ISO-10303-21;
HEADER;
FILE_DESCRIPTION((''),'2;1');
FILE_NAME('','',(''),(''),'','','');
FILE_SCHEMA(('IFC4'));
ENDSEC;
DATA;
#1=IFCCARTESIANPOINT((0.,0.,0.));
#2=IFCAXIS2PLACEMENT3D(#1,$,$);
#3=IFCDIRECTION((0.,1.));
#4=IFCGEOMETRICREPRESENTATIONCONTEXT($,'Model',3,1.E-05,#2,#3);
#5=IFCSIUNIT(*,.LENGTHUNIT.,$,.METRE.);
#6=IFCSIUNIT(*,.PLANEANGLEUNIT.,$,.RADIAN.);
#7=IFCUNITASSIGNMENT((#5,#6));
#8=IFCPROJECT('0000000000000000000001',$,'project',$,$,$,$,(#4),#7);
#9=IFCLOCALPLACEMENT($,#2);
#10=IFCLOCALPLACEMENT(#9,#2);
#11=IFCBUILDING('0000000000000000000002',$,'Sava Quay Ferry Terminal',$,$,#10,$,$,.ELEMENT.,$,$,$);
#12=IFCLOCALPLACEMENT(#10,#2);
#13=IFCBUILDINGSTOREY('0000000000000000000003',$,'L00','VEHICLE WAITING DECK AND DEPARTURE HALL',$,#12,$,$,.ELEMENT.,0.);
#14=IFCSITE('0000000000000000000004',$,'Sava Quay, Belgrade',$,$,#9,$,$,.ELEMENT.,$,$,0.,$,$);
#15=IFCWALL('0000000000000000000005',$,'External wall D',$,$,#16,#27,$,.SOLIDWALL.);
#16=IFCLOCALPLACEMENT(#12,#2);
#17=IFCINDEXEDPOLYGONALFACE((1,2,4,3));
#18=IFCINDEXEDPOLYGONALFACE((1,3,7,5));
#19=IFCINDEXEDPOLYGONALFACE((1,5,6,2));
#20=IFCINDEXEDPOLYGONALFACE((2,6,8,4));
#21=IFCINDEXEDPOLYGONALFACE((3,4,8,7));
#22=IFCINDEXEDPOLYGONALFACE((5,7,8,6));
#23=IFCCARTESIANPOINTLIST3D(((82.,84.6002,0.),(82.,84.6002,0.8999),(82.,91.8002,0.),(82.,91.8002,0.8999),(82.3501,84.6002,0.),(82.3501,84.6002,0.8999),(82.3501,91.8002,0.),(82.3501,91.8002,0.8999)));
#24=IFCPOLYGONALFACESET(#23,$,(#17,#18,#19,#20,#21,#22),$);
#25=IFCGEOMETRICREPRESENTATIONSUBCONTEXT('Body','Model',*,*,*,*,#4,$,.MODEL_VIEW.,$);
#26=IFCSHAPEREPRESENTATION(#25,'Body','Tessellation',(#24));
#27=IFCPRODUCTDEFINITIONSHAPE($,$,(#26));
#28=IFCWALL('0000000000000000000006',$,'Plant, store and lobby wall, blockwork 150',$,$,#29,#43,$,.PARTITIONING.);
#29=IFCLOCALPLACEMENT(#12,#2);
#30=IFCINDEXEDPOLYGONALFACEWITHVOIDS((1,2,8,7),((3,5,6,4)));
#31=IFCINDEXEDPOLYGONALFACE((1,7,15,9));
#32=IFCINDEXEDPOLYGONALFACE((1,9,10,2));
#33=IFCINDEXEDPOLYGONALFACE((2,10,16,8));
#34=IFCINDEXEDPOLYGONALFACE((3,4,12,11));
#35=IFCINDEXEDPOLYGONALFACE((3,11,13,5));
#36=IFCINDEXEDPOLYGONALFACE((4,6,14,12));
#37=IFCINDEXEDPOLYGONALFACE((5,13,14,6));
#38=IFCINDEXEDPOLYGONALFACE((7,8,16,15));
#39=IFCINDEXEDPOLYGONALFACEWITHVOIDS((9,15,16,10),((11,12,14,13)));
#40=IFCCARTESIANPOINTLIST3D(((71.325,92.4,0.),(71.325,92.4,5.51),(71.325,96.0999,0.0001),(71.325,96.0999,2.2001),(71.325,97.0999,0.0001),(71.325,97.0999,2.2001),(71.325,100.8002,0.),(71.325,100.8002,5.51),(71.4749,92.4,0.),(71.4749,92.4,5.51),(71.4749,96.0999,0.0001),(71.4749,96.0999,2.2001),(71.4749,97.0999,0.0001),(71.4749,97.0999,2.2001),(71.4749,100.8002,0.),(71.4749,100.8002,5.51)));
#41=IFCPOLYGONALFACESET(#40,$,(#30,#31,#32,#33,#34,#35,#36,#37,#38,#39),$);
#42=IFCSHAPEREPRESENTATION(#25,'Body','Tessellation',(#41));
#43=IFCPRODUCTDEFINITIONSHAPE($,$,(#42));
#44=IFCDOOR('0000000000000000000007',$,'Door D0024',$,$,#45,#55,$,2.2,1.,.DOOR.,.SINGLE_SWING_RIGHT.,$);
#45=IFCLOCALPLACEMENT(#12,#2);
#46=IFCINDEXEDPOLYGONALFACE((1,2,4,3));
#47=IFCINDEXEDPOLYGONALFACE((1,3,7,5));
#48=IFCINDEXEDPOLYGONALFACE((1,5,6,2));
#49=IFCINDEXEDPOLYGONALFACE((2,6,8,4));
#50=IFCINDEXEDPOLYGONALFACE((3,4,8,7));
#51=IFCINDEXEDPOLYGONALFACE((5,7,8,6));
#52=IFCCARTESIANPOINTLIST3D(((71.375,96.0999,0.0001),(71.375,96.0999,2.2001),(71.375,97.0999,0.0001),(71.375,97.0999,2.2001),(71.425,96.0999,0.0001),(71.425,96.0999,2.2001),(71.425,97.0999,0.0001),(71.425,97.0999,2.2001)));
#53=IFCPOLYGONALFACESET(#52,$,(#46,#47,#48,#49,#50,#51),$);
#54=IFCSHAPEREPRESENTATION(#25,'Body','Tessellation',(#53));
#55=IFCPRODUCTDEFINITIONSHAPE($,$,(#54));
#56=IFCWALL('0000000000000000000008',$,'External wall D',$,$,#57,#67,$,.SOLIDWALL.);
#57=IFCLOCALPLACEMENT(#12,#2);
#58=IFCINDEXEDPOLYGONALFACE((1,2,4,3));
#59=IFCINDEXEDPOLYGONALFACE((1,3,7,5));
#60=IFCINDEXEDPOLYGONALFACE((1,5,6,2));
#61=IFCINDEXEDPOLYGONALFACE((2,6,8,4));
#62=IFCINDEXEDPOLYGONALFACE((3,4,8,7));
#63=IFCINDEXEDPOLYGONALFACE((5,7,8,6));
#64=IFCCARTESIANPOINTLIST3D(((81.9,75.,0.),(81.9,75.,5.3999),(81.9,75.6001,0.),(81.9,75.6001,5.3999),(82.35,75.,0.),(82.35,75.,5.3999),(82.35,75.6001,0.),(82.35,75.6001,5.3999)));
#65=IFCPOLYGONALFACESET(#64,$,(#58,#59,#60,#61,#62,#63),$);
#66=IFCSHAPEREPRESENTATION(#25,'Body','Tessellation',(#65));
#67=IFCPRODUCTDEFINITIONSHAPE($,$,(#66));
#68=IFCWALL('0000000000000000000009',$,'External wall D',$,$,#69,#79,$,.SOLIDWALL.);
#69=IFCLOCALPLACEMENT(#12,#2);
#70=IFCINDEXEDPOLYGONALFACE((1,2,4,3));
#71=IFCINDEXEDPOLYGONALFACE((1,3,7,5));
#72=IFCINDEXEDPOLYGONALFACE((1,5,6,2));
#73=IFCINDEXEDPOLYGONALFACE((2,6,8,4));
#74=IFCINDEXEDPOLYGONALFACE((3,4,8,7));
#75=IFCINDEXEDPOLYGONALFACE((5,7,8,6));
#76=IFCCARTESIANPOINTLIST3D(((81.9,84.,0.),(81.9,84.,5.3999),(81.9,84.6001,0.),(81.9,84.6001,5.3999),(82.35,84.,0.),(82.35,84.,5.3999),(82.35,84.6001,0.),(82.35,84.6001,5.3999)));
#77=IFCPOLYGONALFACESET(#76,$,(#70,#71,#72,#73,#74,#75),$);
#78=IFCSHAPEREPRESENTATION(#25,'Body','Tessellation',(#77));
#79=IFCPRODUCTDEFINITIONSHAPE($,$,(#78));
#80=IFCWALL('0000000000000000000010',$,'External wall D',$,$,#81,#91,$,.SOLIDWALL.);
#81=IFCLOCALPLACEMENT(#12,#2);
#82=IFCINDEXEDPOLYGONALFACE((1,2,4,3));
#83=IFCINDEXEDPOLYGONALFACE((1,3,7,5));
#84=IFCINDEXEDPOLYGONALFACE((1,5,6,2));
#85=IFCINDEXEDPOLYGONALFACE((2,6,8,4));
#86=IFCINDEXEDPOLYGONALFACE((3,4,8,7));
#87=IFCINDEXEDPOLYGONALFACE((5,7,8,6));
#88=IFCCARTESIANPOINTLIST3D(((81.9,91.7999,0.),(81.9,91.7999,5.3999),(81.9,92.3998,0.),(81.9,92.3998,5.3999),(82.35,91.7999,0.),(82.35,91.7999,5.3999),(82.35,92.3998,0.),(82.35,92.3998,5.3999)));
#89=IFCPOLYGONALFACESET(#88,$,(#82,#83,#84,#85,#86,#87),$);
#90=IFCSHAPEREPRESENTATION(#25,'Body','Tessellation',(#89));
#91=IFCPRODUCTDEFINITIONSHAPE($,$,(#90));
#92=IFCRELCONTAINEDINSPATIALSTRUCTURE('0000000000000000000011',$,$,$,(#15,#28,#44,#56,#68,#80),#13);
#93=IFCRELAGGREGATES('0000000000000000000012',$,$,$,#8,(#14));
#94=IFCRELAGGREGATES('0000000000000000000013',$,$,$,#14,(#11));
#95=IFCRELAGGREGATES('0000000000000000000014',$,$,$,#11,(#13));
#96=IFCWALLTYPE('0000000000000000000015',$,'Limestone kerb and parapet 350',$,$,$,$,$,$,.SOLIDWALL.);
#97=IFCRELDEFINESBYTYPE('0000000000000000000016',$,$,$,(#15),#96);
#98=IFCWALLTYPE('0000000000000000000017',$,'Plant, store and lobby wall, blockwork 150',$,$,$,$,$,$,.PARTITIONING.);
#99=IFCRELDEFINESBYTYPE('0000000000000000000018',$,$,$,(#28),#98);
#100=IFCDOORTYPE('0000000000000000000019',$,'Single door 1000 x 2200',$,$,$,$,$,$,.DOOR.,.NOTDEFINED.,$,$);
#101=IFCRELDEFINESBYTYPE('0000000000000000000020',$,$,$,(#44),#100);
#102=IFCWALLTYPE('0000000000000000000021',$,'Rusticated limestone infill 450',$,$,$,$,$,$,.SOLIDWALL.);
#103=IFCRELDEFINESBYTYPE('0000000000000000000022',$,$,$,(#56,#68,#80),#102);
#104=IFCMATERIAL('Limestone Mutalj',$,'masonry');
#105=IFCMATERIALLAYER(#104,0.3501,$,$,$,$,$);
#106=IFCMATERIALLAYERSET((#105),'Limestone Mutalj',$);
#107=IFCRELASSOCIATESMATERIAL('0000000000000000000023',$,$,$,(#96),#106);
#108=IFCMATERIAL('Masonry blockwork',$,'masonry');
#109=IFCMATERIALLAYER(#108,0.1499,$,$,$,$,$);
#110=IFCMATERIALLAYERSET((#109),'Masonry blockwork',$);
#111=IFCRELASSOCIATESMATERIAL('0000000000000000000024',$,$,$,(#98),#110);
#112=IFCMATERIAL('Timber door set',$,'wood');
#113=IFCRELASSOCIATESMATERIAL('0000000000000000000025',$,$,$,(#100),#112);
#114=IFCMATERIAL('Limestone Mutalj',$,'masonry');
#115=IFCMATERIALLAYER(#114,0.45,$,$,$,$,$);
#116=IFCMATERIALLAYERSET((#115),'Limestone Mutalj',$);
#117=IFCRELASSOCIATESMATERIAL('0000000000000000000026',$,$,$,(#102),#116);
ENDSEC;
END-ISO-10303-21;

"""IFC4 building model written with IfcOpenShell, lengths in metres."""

from ifc_helpers import new_model, si_unit, direction, frame, frame_2d, origin, place, context, subcontext, project, spatial, rectangle, extrude, material, layer, layer_set, type_object, element, fill, save


model = new_model("IFC4")

# Units and contexts
model_context = context("Model", 3, precision=1e-05, world=origin(), true_north=direction((0.0, 1.0)))
body_context = subcontext(model_context, "Body", "Model", "MODEL_VIEW")
ifc_project = project(units=[si_unit("LENGTHUNIT", "METRE"), si_unit("PLANEANGLEUNIT", "RADIAN")], contexts=[model_context])

# Site, building, storey
site_placement = place(None, origin())
site = spatial("IfcSite", under=ifc_project, at=site_placement, Name="Sava Quay, Belgrade", CompositionType="ELEMENT", RefElevation=0.0)
building_placement = place(site_placement, origin())
building = spatial("IfcBuilding", under=site, at=building_placement, Name="Sava Quay Ferry Terminal", CompositionType="ELEMENT")
storey_placement = place(building_placement, origin())
storey = spatial("IfcBuildingStorey", under=building, at=storey_placement, Name="L00", Description="VEHICLE WAITING DECK AND DEPARTURE HALL", CompositionType="ELEMENT", Elevation=0.0)

# Wall
ifc_material_1 = material(Name="Limestone Mutalj", Category="masonry")
ifc_layer_1 = layer(ifc_material_1, 0.3501)
ifc_layer_set_1 = layer_set([ifc_layer_1], Name="Limestone Mutalj")
wall_type_1 = type_object("IfcWallType", Name="Limestone kerb and parapet 350", PredefinedType="SOLIDWALL", material=ifc_layer_set_1)
wall_1_placement = place(storey_placement, frame((82.175, 84.6001, 0.0), z_axis=(0.0, 0.0, 1.0), x_axis=(0.0, 1.0, 0.0)))
element("IfcWall", 1, at=wall_1_placement, inside=storey, type_object=wall_type_1, Name="External wall D", PredefinedType="SOLIDWALL", context=body_context, shape_type="SweptSolid", body=[
    extrude(rectangle(XDim=7.2, YDim=0.3501, at=frame_2d((3.6001, 0.0))), origin(), (0.0, 0.0, 1.0), 0.8999),
])

# Wall, opening, door
ifc_material_2 = material(Name="Masonry blockwork", Category="masonry")
ifc_layer_2 = layer(ifc_material_2, 0.1499)
ifc_layer_set_2 = layer_set([ifc_layer_2], Name="Masonry blockwork")
wall_type_2 = type_object("IfcWallType", Name="Plant, store and lobby wall, blockwork 150", PredefinedType="PARTITIONING", material=ifc_layer_set_2)
wall_2_placement = place(storey_placement, frame((71.3999, 92.3999, 0.0), z_axis=(0.0, 0.0, 1.0), x_axis=(0.0, 1.0, 0.0)))
wall_2 = element("IfcWall", 2, at=wall_2_placement, inside=storey, type_object=wall_type_2, Name="Plant, store and lobby wall, blockwork 150", PredefinedType="PARTITIONING", context=body_context, shape_type="SweptSolid", body=[
    extrude(rectangle(XDim=8.4001, YDim=0.1499, at=frame_2d((4.2002, 0.0))), origin(), (0.0, 0.0, 1.0), 5.51),
])
opening_1_placement = place(wall_2_placement, frame((3.7, 0.0, 0.0)))
opening_1 = element("IfcOpeningElement", 3, at=opening_1_placement, cuts=wall_2, PredefinedType="OPENING", context=body_context, shape_type="SweptSolid", body=[
    extrude(rectangle(XDim=1.0, YDim=2.2, at=frame_2d((0.5, 1.1001))), frame((0.0, 0.075, 0.0), z_axis=(0.0, -1.0, 0.0), x_axis=(1.0, 0.0, 0.0)), (0.0, 0.0, 1.0), 0.1499),
])
ifc_material_3 = material(Name="Timber door set", Category="wood")
door_type_1 = type_object("IfcDoorType", Name="Single door 1000 x 2200", OperationType="NOTDEFINED", PredefinedType="DOOR", material=ifc_material_3)
door_1_placement = place(opening_1_placement, origin())
door_1 = element("IfcDoor", 4, at=door_1_placement, inside=storey, type_object=door_type_1, Name="Door D0024", OperationType="SINGLE_SWING_RIGHT", OverallHeight=2.2, OverallWidth=1.0, PredefinedType="DOOR", context=body_context, shape_type="SweptSolid", body=[
    extrude(rectangle(XDim=1.0, YDim=2.2, at=frame_2d((0.5, 1.1001))), frame((0.0, 0.0249, 0.0), z_axis=(0.0, -1.0, 0.0), x_axis=(1.0, 0.0, 0.0)), (0.0, 0.0, 1.0), 0.05),
])
fill(opening_1, door_1)

# Wall
ifc_material_4 = material(Name="Limestone Mutalj", Category="masonry")
ifc_layer_3 = layer(ifc_material_4, 0.45)
ifc_layer_set_3 = layer_set([ifc_layer_3], Name="Limestone Mutalj")
wall_type_3 = type_object("IfcWallType", Name="Rusticated limestone infill 450", PredefinedType="SOLIDWALL", material=ifc_layer_set_3)
wall_3_placement = place(storey_placement, frame((82.125, 75.0, 0.0), z_axis=(0.0, 0.0, 1.0), x_axis=(0.0, 1.0, 0.0)))
element("IfcWall", 5, at=wall_3_placement, inside=storey, type_object=wall_type_3, Name="External wall D", PredefinedType="SOLIDWALL", context=body_context, shape_type="SweptSolid", body=[
    extrude(rectangle(XDim=0.6001, YDim=0.45, at=frame_2d((0.3, 0.0))), origin(), (0.0, 0.0, 1.0), 5.3999),
])

# Walls
wall_4_placement = place(storey_placement, frame((82.125, 84.0, 0.0), z_axis=(0.0, 0.0, 1.0), x_axis=(0.0, 1.0, 0.0)))
element("IfcWall", 6, at=wall_4_placement, inside=storey, type_object=wall_type_3, Name="External wall D", PredefinedType="SOLIDWALL", context=body_context, shape_type="SweptSolid", body=[
    extrude(rectangle(XDim=0.6001, YDim=0.45, at=frame_2d((0.3, 0.0))), origin(), (0.0, 0.0, 1.0), 5.3999),
])
wall_5_placement = place(storey_placement, frame((82.125, 91.8, 0.0), z_axis=(0.0, 0.0, 1.0), x_axis=(0.0, 1.0, 0.0)))
element("IfcWall", 7, at=wall_5_placement, inside=storey, type_object=wall_type_3, Name="External wall D", PredefinedType="SOLIDWALL", context=body_context, shape_type="SweptSolid", body=[
    extrude(rectangle(XDim=0.5999, YDim=0.45, at=frame_2d((0.2998, 0.0))), origin(), (0.0, 0.0, 1.0), 5.3999),
])

save(model, "model.ifc")
